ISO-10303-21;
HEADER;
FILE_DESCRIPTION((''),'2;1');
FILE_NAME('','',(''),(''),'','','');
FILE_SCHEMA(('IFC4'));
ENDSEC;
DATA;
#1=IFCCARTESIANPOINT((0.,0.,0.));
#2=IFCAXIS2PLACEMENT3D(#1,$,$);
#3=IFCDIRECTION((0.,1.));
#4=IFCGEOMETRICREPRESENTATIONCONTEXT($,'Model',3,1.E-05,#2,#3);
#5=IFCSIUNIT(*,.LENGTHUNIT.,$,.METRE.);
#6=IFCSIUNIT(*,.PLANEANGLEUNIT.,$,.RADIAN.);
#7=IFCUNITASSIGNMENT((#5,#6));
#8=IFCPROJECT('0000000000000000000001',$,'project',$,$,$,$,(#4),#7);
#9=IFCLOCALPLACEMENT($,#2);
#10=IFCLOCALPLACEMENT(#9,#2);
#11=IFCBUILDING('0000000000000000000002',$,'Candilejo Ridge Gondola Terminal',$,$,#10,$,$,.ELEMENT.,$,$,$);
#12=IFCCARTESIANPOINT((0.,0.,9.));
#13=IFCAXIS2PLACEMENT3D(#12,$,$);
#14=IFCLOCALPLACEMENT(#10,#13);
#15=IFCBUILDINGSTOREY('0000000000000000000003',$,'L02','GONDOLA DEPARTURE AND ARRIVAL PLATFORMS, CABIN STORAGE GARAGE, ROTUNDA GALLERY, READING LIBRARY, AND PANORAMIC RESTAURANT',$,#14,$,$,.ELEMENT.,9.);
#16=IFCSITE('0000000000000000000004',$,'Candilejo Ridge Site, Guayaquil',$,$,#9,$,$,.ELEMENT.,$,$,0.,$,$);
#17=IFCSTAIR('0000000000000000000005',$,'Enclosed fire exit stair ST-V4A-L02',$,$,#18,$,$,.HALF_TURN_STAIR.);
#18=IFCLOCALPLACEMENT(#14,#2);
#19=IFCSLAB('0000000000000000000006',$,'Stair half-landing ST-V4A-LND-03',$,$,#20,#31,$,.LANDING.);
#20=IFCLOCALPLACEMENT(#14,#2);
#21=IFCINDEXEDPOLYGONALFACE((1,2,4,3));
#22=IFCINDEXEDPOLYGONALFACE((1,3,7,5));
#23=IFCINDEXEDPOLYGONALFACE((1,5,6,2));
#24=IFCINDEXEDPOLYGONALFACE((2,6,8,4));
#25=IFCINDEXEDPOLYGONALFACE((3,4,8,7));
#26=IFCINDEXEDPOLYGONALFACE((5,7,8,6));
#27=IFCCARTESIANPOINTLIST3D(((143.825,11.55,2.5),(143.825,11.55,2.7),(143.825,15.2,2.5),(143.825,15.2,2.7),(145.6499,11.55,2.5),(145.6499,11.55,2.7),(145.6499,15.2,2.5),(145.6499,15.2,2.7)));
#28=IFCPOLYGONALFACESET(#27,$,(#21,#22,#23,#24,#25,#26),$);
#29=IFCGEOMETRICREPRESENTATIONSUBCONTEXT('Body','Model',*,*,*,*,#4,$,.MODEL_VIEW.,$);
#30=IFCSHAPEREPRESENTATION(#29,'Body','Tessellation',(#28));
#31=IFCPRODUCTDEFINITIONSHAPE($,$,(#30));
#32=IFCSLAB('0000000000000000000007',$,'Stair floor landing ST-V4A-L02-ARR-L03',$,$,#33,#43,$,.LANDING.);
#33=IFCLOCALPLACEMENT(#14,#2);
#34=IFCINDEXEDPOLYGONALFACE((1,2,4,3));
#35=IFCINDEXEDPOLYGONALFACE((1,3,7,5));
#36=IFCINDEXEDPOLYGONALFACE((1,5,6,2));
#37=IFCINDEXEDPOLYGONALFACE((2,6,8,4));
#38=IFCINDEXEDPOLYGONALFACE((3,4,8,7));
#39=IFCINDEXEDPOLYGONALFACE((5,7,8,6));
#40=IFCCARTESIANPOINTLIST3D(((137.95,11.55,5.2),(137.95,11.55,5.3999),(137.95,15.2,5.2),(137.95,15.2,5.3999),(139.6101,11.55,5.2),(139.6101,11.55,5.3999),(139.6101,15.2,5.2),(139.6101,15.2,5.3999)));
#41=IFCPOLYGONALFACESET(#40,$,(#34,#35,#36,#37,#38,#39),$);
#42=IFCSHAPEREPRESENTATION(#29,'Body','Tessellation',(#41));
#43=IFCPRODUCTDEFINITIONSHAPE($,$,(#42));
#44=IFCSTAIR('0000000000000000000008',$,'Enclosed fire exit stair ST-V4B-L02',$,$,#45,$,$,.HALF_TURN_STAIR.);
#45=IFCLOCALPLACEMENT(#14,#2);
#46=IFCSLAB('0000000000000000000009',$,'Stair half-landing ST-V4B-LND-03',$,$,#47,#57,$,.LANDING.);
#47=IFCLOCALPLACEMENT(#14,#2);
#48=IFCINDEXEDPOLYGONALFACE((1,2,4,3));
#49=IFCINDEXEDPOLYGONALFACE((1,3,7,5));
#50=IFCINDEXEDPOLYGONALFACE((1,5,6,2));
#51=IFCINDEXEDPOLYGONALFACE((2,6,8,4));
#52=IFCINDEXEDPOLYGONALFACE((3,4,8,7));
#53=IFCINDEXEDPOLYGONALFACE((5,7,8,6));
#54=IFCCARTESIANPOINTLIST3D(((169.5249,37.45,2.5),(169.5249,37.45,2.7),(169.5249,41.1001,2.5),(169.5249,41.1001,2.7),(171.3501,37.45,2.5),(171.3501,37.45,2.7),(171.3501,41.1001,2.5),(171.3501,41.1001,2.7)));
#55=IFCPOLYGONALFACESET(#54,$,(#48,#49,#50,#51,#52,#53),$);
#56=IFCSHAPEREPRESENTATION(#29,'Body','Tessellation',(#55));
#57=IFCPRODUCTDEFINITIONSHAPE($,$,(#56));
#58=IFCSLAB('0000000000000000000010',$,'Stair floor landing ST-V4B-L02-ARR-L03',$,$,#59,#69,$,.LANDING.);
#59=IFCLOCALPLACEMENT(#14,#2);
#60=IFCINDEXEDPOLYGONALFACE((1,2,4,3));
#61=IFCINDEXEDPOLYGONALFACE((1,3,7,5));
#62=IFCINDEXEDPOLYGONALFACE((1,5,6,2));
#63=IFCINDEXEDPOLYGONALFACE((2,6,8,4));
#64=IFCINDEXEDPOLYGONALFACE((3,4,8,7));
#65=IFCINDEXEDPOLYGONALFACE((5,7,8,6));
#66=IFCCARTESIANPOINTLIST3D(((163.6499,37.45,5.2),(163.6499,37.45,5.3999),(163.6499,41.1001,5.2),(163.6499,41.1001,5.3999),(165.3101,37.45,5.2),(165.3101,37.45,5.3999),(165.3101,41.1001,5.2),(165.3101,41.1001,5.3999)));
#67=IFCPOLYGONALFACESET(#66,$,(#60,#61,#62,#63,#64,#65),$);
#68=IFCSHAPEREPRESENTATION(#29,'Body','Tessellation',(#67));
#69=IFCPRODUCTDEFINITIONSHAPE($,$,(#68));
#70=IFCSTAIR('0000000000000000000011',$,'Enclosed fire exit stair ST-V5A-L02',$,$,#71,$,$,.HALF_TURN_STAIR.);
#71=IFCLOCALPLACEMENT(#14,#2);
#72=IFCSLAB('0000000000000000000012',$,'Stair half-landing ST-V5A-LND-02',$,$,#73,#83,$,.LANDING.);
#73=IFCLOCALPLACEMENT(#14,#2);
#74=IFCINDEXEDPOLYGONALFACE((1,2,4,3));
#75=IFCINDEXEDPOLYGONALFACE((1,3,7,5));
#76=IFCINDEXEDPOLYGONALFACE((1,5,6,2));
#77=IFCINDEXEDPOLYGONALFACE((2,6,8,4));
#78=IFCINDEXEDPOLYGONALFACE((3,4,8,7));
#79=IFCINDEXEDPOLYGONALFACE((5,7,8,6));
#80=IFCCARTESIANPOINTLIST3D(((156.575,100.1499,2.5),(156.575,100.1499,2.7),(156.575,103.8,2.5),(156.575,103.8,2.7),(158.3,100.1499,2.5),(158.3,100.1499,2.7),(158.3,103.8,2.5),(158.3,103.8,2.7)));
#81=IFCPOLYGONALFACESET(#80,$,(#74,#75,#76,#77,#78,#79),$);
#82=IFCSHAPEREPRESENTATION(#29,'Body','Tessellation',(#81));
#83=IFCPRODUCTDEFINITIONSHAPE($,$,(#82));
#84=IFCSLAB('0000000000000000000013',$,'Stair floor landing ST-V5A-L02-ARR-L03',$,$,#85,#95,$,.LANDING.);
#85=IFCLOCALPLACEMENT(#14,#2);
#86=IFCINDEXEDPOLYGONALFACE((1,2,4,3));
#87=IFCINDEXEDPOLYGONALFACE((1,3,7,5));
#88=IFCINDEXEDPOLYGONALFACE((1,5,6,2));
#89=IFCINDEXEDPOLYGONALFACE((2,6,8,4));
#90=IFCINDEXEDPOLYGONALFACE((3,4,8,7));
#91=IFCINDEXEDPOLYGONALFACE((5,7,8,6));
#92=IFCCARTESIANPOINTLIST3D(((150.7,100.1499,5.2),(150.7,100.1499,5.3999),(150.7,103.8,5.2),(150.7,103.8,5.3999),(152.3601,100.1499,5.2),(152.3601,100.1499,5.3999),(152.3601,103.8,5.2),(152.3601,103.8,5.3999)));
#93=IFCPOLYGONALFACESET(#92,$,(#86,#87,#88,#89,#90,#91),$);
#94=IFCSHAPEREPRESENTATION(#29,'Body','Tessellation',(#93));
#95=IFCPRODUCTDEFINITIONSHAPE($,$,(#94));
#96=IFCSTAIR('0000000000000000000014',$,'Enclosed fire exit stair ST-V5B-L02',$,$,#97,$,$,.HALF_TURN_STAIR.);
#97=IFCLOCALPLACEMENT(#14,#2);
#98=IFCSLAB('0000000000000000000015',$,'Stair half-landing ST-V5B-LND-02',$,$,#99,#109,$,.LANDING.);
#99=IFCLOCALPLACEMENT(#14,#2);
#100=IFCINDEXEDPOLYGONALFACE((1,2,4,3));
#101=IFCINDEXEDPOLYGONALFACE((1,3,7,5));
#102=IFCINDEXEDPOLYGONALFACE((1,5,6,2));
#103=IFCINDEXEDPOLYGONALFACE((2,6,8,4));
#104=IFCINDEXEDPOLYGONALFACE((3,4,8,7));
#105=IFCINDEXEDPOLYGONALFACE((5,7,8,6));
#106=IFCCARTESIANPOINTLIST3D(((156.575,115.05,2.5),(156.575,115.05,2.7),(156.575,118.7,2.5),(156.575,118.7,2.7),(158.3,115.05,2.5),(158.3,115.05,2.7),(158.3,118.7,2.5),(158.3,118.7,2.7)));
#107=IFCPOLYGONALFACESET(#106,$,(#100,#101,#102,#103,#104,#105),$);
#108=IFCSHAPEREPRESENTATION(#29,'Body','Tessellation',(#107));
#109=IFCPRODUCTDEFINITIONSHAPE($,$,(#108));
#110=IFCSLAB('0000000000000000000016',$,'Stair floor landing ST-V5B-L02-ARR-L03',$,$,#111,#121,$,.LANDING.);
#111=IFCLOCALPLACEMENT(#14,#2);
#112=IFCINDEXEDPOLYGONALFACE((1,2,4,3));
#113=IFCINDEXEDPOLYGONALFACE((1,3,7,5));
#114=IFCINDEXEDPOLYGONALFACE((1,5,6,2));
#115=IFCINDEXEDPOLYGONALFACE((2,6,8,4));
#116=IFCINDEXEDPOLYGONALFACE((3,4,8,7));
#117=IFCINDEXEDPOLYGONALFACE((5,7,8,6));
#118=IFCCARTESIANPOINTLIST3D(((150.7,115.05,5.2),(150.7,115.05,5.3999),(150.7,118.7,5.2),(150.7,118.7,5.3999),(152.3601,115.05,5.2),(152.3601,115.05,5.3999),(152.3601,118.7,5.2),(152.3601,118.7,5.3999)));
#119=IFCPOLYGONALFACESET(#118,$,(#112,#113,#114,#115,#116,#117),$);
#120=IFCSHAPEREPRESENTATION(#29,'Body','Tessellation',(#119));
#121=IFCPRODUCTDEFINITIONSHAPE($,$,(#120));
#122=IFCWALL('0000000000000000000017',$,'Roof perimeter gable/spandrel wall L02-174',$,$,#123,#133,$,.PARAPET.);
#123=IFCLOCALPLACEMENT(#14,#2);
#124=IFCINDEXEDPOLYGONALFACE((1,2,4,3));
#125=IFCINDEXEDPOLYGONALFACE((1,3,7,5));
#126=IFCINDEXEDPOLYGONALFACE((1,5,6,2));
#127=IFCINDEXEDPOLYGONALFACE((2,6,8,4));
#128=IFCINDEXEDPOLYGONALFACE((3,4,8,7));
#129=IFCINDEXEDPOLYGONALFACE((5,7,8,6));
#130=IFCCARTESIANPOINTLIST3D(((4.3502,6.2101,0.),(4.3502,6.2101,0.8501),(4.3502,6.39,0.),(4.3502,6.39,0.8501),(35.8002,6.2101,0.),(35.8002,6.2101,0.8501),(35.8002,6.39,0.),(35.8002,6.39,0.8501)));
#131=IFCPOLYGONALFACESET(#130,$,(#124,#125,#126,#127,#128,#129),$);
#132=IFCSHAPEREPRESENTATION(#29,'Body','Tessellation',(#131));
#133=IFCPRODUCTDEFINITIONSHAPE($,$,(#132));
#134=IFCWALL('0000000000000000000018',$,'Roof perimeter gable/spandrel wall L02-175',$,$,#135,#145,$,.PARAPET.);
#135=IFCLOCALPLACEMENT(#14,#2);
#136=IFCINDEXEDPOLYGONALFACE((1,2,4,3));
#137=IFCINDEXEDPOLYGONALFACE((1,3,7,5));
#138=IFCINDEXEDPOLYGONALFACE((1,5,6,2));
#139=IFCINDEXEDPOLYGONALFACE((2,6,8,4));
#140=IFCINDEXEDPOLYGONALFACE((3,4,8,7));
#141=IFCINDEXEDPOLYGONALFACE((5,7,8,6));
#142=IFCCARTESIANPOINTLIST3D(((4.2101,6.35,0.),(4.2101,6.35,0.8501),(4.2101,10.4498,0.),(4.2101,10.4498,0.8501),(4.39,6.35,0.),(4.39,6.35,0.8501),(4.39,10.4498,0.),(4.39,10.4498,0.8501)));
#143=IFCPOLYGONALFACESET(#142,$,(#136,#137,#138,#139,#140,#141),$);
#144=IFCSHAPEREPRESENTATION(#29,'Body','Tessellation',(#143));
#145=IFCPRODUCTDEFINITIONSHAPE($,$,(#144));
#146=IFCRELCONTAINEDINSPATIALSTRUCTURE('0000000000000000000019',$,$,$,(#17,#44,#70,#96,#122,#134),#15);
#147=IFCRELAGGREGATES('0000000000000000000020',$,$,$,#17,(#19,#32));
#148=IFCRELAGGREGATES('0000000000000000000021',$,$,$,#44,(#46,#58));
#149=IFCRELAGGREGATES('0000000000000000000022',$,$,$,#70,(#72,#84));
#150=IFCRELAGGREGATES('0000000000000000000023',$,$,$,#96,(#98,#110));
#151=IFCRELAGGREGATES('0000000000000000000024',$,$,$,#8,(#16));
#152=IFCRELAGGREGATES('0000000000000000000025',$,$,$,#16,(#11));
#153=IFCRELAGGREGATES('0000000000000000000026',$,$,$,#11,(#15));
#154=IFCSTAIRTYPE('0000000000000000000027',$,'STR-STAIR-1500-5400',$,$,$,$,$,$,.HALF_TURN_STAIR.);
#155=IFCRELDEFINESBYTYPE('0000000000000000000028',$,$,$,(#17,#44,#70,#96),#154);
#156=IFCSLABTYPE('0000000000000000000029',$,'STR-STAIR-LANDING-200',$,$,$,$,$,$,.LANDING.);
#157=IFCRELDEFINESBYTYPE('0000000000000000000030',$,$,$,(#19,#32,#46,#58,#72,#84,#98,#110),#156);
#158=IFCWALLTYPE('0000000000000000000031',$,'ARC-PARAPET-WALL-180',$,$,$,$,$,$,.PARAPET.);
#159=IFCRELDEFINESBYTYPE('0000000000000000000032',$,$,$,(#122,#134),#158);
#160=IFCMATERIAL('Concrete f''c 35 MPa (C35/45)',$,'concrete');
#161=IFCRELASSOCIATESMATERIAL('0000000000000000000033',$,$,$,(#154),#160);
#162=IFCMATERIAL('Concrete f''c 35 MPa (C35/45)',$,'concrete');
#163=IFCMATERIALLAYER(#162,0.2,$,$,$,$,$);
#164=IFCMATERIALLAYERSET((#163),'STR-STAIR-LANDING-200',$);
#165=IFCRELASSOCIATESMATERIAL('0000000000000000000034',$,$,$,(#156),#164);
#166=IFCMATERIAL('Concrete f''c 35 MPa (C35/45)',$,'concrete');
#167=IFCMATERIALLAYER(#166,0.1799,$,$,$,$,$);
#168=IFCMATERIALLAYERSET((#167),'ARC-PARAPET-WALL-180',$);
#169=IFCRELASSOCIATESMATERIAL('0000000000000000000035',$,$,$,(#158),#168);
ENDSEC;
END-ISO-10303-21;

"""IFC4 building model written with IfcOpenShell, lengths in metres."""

from ifc_helpers import new_model, si_unit, direction, frame, frame_2d, origin, place, context, subcontext, project, spatial, polyline, rectangle, outline, extrude, material, layer, layer_set, type_object, element, aggregate, save


model = new_model("IFC4")

# Units and contexts
model_context = context("Model", 3, precision=1e-05, world=origin(), true_north=direction((0.0, 1.0)))
body_context = subcontext(model_context, "Body", "Model", "MODEL_VIEW")
ifc_project = project(units=[si_unit("LENGTHUNIT", "METRE"), si_unit("PLANEANGLEUNIT", "RADIAN")], contexts=[model_context])

# Site, building, storey
site_placement = place(None, origin())
site = spatial("IfcSite", under=ifc_project, at=site_placement, Name="Candilejo Ridge Site, Guayaquil", CompositionType="ELEMENT", RefElevation=0.0)
building_placement = place(site_placement, origin())
building = spatial("IfcBuilding", under=site, at=building_placement, Name="Candilejo Ridge Gondola Terminal", CompositionType="ELEMENT")
storey_placement = place(building_placement, frame((0.0, 0.0, 9.0)))
storey = spatial("IfcBuildingStorey", under=building, at=storey_placement, Name="L02", Description="GONDOLA DEPARTURE AND ARRIVAL PLATFORMS, CABIN STORAGE GARAGE, ROTUNDA GALLERY, READING LIBRARY, AND PANORAMIC RESTAURANT", CompositionType="ELEMENT", Elevation=9.0)

# Stairs, slabs
ifc_material_1 = material(Name="Concrete f'c 35 MPa (C35/45)", Category="concrete")
stair_type = type_object("IfcStairType", Name="STR-STAIR-1500-5400", PredefinedType="HALF_TURN_STAIR", material=ifc_material_1)
stair_1_placement = place(storey_placement, origin())
stair_1 = element("IfcStair", 1, at=stair_1_placement, inside=storey, type_object=stair_type, Name="Enclosed fire exit stair ST-V4A-L02", PredefinedType="HALF_TURN_STAIR")
ifc_material_2 = material(Name="Concrete f'c 35 MPa (C35/45)", Category="concrete")
ifc_layer_1 = layer(ifc_material_2, 0.2)
ifc_layer_set_1 = layer_set([ifc_layer_1], Name="STR-STAIR-LANDING-200")
slab_type = type_object("IfcSlabType", Name="STR-STAIR-LANDING-200", PredefinedType="LANDING", material=ifc_layer_set_1)
slab_1_placement = place(storey_placement, frame((0.0, 0.0, 2.5)))
slab_1 = element("IfcSlab", 2, at=slab_1_placement, type_object=slab_type, Name="Stair half-landing ST-V4A-LND-03", PredefinedType="LANDING", context=body_context, shape_type="SweptSolid", body=[
    extrude(outline(polyline([(143.825, 11.55), (145.6499, 11.55), (145.6499, 15.2), (143.825, 15.2), (143.825, 11.55)])), origin(), (0.0, 0.0, 1.0), 0.2),
])
slab_2_placement = place(storey_placement, frame((0.0, 0.0, 5.2)))
slab_2 = element("IfcSlab", 3, at=slab_2_placement, type_object=slab_type, Name="Stair floor landing ST-V4A-L02-ARR-L03", PredefinedType="LANDING", context=body_context, shape_type="SweptSolid", body=[
    extrude(outline(polyline([(137.95, 11.55), (139.6101, 11.55), (139.6101, 15.2), (137.95, 15.2), (137.95, 11.55)])), origin(), (0.0, 0.0, 1.0), 0.2),
])
aggregate(stair_1, [slab_1, slab_2])
stair_2_placement = place(storey_placement, origin())
stair_2 = element("IfcStair", 4, at=stair_2_placement, inside=storey, type_object=stair_type, Name="Enclosed fire exit stair ST-V4B-L02", PredefinedType="HALF_TURN_STAIR")
slab_3_placement = place(storey_placement, frame((0.0, 0.0, 2.5)))
slab_3 = element("IfcSlab", 5, at=slab_3_placement, type_object=slab_type, Name="Stair half-landing ST-V4B-LND-03", PredefinedType="LANDING", context=body_context, shape_type="SweptSolid", body=[
    extrude(outline(polyline([(169.5249, 37.45), (171.3501, 37.45), (171.3501, 41.1001), (169.5249, 41.1001), (169.5249, 37.45)])), origin(), (0.0, 0.0, 1.0), 0.2),
])
slab_4_placement = place(storey_placement, frame((0.0, 0.0, 5.2)))
slab_4 = element("IfcSlab", 6, at=slab_4_placement, type_object=slab_type, Name="Stair floor landing ST-V4B-L02-ARR-L03", PredefinedType="LANDING", context=body_context, shape_type="SweptSolid", body=[
    extrude(outline(polyline([(163.6499, 37.45), (165.3101, 37.45), (165.3101, 41.1001), (163.6499, 41.1001), (163.6499, 37.45)])), origin(), (0.0, 0.0, 1.0), 0.2),
])
aggregate(stair_2, [slab_3, slab_4])
stair_3_placement = place(storey_placement, origin())
stair_3 = element("IfcStair", 7, at=stair_3_placement, inside=storey, type_object=stair_type, Name="Enclosed fire exit stair ST-V5A-L02", PredefinedType="HALF_TURN_STAIR")
slab_5_placement = place(storey_placement, frame((0.0, 0.0, 2.5)))
slab_5 = element("IfcSlab", 8, at=slab_5_placement, type_object=slab_type, Name="Stair half-landing ST-V5A-LND-02", PredefinedType="LANDING", context=body_context, shape_type="SweptSolid", body=[
    extrude(outline(polyline([(156.575, 100.1499), (158.3, 100.1499), (158.3, 103.8), (156.575, 103.8), (156.575, 100.1499)])), origin(), (0.0, 0.0, 1.0), 0.2),
])
slab_6_placement = place(storey_placement, frame((0.0, 0.0, 5.2)))
slab_6 = element("IfcSlab", 9, at=slab_6_placement, type_object=slab_type, Name="Stair floor landing ST-V5A-L02-ARR-L03", PredefinedType="LANDING", context=body_context, shape_type="SweptSolid", body=[
    extrude(outline(polyline([(150.7, 100.1499), (152.3601, 100.1499), (152.3601, 103.8), (150.7, 103.8), (150.7, 100.1499)])), origin(), (0.0, 0.0, 1.0), 0.2),
])
aggregate(stair_3, [slab_5, slab_6])
stair_4_placement = place(storey_placement, origin())
stair_4 = element("IfcStair", 10, at=stair_4_placement, inside=storey, type_object=stair_type, Name="Enclosed fire exit stair ST-V5B-L02", PredefinedType="HALF_TURN_STAIR")
slab_7_placement = place(storey_placement, frame((0.0, 0.0, 2.5)))
slab_7 = element("IfcSlab", 11, at=slab_7_placement, type_object=slab_type, Name="Stair half-landing ST-V5B-LND-02", PredefinedType="LANDING", context=body_context, shape_type="SweptSolid", body=[
    extrude(outline(polyline([(156.575, 115.05), (158.3, 115.05), (158.3, 118.7), (156.575, 118.7), (156.575, 115.05)])), origin(), (0.0, 0.0, 1.0), 0.2),
])
slab_8_placement = place(storey_placement, frame((0.0, 0.0, 5.2)))
slab_8 = element("IfcSlab", 12, at=slab_8_placement, type_object=slab_type, Name="Stair floor landing ST-V5B-L02-ARR-L03", PredefinedType="LANDING", context=body_context, shape_type="SweptSolid", body=[
    extrude(outline(polyline([(150.7, 115.05), (152.3601, 115.05), (152.3601, 118.7), (150.7, 118.7), (150.7, 115.05)])), origin(), (0.0, 0.0, 1.0), 0.2),
])
aggregate(stair_4, [slab_7, slab_8])

# Walls
ifc_material_3 = material(Name="Concrete f'c 35 MPa (C35/45)", Category="concrete")
ifc_layer_2 = layer(ifc_material_3, 0.1799)
ifc_layer_set_2 = layer_set([ifc_layer_2], Name="ARC-PARAPET-WALL-180")
wall_type = type_object("IfcWallType", Name="ARC-PARAPET-WALL-180", PredefinedType="PARAPET", material=ifc_layer_set_2)
wall_1_placement = place(storey_placement, frame((4.3501, 6.3, 0.0), z_axis=(0.0, 0.0, 1.0), x_axis=(1.0, 0.0, 0.0)))
element("IfcWall", 13, at=wall_1_placement, inside=storey, type_object=wall_type, Name="Roof perimeter gable/spandrel wall L02-174", PredefinedType="PARAPET", context=body_context, shape_type="SweptSolid", body=[
    extrude(rectangle(XDim=31.45, YDim=0.1799, at=frame_2d((15.7251, 0.0))), origin(), (0.0, 0.0, 1.0), 0.8501),
])
wall_2_placement = place(storey_placement, frame((4.3, 6.3501, 0.0), z_axis=(0.0, 0.0, 1.0), x_axis=(0.0, 1.0, 0.0)))
element("IfcWall", 14, at=wall_2_placement, inside=storey, type_object=wall_type, Name="Roof perimeter gable/spandrel wall L02-175", PredefinedType="PARAPET", context=body_context, shape_type="SweptSolid", body=[
    extrude(rectangle(XDim=4.0999, YDim=0.1799, at=frame_2d((2.0498, 0.0))), origin(), (0.0, 0.0, 1.0), 0.8501),
])

save(model, "model.ifc")
